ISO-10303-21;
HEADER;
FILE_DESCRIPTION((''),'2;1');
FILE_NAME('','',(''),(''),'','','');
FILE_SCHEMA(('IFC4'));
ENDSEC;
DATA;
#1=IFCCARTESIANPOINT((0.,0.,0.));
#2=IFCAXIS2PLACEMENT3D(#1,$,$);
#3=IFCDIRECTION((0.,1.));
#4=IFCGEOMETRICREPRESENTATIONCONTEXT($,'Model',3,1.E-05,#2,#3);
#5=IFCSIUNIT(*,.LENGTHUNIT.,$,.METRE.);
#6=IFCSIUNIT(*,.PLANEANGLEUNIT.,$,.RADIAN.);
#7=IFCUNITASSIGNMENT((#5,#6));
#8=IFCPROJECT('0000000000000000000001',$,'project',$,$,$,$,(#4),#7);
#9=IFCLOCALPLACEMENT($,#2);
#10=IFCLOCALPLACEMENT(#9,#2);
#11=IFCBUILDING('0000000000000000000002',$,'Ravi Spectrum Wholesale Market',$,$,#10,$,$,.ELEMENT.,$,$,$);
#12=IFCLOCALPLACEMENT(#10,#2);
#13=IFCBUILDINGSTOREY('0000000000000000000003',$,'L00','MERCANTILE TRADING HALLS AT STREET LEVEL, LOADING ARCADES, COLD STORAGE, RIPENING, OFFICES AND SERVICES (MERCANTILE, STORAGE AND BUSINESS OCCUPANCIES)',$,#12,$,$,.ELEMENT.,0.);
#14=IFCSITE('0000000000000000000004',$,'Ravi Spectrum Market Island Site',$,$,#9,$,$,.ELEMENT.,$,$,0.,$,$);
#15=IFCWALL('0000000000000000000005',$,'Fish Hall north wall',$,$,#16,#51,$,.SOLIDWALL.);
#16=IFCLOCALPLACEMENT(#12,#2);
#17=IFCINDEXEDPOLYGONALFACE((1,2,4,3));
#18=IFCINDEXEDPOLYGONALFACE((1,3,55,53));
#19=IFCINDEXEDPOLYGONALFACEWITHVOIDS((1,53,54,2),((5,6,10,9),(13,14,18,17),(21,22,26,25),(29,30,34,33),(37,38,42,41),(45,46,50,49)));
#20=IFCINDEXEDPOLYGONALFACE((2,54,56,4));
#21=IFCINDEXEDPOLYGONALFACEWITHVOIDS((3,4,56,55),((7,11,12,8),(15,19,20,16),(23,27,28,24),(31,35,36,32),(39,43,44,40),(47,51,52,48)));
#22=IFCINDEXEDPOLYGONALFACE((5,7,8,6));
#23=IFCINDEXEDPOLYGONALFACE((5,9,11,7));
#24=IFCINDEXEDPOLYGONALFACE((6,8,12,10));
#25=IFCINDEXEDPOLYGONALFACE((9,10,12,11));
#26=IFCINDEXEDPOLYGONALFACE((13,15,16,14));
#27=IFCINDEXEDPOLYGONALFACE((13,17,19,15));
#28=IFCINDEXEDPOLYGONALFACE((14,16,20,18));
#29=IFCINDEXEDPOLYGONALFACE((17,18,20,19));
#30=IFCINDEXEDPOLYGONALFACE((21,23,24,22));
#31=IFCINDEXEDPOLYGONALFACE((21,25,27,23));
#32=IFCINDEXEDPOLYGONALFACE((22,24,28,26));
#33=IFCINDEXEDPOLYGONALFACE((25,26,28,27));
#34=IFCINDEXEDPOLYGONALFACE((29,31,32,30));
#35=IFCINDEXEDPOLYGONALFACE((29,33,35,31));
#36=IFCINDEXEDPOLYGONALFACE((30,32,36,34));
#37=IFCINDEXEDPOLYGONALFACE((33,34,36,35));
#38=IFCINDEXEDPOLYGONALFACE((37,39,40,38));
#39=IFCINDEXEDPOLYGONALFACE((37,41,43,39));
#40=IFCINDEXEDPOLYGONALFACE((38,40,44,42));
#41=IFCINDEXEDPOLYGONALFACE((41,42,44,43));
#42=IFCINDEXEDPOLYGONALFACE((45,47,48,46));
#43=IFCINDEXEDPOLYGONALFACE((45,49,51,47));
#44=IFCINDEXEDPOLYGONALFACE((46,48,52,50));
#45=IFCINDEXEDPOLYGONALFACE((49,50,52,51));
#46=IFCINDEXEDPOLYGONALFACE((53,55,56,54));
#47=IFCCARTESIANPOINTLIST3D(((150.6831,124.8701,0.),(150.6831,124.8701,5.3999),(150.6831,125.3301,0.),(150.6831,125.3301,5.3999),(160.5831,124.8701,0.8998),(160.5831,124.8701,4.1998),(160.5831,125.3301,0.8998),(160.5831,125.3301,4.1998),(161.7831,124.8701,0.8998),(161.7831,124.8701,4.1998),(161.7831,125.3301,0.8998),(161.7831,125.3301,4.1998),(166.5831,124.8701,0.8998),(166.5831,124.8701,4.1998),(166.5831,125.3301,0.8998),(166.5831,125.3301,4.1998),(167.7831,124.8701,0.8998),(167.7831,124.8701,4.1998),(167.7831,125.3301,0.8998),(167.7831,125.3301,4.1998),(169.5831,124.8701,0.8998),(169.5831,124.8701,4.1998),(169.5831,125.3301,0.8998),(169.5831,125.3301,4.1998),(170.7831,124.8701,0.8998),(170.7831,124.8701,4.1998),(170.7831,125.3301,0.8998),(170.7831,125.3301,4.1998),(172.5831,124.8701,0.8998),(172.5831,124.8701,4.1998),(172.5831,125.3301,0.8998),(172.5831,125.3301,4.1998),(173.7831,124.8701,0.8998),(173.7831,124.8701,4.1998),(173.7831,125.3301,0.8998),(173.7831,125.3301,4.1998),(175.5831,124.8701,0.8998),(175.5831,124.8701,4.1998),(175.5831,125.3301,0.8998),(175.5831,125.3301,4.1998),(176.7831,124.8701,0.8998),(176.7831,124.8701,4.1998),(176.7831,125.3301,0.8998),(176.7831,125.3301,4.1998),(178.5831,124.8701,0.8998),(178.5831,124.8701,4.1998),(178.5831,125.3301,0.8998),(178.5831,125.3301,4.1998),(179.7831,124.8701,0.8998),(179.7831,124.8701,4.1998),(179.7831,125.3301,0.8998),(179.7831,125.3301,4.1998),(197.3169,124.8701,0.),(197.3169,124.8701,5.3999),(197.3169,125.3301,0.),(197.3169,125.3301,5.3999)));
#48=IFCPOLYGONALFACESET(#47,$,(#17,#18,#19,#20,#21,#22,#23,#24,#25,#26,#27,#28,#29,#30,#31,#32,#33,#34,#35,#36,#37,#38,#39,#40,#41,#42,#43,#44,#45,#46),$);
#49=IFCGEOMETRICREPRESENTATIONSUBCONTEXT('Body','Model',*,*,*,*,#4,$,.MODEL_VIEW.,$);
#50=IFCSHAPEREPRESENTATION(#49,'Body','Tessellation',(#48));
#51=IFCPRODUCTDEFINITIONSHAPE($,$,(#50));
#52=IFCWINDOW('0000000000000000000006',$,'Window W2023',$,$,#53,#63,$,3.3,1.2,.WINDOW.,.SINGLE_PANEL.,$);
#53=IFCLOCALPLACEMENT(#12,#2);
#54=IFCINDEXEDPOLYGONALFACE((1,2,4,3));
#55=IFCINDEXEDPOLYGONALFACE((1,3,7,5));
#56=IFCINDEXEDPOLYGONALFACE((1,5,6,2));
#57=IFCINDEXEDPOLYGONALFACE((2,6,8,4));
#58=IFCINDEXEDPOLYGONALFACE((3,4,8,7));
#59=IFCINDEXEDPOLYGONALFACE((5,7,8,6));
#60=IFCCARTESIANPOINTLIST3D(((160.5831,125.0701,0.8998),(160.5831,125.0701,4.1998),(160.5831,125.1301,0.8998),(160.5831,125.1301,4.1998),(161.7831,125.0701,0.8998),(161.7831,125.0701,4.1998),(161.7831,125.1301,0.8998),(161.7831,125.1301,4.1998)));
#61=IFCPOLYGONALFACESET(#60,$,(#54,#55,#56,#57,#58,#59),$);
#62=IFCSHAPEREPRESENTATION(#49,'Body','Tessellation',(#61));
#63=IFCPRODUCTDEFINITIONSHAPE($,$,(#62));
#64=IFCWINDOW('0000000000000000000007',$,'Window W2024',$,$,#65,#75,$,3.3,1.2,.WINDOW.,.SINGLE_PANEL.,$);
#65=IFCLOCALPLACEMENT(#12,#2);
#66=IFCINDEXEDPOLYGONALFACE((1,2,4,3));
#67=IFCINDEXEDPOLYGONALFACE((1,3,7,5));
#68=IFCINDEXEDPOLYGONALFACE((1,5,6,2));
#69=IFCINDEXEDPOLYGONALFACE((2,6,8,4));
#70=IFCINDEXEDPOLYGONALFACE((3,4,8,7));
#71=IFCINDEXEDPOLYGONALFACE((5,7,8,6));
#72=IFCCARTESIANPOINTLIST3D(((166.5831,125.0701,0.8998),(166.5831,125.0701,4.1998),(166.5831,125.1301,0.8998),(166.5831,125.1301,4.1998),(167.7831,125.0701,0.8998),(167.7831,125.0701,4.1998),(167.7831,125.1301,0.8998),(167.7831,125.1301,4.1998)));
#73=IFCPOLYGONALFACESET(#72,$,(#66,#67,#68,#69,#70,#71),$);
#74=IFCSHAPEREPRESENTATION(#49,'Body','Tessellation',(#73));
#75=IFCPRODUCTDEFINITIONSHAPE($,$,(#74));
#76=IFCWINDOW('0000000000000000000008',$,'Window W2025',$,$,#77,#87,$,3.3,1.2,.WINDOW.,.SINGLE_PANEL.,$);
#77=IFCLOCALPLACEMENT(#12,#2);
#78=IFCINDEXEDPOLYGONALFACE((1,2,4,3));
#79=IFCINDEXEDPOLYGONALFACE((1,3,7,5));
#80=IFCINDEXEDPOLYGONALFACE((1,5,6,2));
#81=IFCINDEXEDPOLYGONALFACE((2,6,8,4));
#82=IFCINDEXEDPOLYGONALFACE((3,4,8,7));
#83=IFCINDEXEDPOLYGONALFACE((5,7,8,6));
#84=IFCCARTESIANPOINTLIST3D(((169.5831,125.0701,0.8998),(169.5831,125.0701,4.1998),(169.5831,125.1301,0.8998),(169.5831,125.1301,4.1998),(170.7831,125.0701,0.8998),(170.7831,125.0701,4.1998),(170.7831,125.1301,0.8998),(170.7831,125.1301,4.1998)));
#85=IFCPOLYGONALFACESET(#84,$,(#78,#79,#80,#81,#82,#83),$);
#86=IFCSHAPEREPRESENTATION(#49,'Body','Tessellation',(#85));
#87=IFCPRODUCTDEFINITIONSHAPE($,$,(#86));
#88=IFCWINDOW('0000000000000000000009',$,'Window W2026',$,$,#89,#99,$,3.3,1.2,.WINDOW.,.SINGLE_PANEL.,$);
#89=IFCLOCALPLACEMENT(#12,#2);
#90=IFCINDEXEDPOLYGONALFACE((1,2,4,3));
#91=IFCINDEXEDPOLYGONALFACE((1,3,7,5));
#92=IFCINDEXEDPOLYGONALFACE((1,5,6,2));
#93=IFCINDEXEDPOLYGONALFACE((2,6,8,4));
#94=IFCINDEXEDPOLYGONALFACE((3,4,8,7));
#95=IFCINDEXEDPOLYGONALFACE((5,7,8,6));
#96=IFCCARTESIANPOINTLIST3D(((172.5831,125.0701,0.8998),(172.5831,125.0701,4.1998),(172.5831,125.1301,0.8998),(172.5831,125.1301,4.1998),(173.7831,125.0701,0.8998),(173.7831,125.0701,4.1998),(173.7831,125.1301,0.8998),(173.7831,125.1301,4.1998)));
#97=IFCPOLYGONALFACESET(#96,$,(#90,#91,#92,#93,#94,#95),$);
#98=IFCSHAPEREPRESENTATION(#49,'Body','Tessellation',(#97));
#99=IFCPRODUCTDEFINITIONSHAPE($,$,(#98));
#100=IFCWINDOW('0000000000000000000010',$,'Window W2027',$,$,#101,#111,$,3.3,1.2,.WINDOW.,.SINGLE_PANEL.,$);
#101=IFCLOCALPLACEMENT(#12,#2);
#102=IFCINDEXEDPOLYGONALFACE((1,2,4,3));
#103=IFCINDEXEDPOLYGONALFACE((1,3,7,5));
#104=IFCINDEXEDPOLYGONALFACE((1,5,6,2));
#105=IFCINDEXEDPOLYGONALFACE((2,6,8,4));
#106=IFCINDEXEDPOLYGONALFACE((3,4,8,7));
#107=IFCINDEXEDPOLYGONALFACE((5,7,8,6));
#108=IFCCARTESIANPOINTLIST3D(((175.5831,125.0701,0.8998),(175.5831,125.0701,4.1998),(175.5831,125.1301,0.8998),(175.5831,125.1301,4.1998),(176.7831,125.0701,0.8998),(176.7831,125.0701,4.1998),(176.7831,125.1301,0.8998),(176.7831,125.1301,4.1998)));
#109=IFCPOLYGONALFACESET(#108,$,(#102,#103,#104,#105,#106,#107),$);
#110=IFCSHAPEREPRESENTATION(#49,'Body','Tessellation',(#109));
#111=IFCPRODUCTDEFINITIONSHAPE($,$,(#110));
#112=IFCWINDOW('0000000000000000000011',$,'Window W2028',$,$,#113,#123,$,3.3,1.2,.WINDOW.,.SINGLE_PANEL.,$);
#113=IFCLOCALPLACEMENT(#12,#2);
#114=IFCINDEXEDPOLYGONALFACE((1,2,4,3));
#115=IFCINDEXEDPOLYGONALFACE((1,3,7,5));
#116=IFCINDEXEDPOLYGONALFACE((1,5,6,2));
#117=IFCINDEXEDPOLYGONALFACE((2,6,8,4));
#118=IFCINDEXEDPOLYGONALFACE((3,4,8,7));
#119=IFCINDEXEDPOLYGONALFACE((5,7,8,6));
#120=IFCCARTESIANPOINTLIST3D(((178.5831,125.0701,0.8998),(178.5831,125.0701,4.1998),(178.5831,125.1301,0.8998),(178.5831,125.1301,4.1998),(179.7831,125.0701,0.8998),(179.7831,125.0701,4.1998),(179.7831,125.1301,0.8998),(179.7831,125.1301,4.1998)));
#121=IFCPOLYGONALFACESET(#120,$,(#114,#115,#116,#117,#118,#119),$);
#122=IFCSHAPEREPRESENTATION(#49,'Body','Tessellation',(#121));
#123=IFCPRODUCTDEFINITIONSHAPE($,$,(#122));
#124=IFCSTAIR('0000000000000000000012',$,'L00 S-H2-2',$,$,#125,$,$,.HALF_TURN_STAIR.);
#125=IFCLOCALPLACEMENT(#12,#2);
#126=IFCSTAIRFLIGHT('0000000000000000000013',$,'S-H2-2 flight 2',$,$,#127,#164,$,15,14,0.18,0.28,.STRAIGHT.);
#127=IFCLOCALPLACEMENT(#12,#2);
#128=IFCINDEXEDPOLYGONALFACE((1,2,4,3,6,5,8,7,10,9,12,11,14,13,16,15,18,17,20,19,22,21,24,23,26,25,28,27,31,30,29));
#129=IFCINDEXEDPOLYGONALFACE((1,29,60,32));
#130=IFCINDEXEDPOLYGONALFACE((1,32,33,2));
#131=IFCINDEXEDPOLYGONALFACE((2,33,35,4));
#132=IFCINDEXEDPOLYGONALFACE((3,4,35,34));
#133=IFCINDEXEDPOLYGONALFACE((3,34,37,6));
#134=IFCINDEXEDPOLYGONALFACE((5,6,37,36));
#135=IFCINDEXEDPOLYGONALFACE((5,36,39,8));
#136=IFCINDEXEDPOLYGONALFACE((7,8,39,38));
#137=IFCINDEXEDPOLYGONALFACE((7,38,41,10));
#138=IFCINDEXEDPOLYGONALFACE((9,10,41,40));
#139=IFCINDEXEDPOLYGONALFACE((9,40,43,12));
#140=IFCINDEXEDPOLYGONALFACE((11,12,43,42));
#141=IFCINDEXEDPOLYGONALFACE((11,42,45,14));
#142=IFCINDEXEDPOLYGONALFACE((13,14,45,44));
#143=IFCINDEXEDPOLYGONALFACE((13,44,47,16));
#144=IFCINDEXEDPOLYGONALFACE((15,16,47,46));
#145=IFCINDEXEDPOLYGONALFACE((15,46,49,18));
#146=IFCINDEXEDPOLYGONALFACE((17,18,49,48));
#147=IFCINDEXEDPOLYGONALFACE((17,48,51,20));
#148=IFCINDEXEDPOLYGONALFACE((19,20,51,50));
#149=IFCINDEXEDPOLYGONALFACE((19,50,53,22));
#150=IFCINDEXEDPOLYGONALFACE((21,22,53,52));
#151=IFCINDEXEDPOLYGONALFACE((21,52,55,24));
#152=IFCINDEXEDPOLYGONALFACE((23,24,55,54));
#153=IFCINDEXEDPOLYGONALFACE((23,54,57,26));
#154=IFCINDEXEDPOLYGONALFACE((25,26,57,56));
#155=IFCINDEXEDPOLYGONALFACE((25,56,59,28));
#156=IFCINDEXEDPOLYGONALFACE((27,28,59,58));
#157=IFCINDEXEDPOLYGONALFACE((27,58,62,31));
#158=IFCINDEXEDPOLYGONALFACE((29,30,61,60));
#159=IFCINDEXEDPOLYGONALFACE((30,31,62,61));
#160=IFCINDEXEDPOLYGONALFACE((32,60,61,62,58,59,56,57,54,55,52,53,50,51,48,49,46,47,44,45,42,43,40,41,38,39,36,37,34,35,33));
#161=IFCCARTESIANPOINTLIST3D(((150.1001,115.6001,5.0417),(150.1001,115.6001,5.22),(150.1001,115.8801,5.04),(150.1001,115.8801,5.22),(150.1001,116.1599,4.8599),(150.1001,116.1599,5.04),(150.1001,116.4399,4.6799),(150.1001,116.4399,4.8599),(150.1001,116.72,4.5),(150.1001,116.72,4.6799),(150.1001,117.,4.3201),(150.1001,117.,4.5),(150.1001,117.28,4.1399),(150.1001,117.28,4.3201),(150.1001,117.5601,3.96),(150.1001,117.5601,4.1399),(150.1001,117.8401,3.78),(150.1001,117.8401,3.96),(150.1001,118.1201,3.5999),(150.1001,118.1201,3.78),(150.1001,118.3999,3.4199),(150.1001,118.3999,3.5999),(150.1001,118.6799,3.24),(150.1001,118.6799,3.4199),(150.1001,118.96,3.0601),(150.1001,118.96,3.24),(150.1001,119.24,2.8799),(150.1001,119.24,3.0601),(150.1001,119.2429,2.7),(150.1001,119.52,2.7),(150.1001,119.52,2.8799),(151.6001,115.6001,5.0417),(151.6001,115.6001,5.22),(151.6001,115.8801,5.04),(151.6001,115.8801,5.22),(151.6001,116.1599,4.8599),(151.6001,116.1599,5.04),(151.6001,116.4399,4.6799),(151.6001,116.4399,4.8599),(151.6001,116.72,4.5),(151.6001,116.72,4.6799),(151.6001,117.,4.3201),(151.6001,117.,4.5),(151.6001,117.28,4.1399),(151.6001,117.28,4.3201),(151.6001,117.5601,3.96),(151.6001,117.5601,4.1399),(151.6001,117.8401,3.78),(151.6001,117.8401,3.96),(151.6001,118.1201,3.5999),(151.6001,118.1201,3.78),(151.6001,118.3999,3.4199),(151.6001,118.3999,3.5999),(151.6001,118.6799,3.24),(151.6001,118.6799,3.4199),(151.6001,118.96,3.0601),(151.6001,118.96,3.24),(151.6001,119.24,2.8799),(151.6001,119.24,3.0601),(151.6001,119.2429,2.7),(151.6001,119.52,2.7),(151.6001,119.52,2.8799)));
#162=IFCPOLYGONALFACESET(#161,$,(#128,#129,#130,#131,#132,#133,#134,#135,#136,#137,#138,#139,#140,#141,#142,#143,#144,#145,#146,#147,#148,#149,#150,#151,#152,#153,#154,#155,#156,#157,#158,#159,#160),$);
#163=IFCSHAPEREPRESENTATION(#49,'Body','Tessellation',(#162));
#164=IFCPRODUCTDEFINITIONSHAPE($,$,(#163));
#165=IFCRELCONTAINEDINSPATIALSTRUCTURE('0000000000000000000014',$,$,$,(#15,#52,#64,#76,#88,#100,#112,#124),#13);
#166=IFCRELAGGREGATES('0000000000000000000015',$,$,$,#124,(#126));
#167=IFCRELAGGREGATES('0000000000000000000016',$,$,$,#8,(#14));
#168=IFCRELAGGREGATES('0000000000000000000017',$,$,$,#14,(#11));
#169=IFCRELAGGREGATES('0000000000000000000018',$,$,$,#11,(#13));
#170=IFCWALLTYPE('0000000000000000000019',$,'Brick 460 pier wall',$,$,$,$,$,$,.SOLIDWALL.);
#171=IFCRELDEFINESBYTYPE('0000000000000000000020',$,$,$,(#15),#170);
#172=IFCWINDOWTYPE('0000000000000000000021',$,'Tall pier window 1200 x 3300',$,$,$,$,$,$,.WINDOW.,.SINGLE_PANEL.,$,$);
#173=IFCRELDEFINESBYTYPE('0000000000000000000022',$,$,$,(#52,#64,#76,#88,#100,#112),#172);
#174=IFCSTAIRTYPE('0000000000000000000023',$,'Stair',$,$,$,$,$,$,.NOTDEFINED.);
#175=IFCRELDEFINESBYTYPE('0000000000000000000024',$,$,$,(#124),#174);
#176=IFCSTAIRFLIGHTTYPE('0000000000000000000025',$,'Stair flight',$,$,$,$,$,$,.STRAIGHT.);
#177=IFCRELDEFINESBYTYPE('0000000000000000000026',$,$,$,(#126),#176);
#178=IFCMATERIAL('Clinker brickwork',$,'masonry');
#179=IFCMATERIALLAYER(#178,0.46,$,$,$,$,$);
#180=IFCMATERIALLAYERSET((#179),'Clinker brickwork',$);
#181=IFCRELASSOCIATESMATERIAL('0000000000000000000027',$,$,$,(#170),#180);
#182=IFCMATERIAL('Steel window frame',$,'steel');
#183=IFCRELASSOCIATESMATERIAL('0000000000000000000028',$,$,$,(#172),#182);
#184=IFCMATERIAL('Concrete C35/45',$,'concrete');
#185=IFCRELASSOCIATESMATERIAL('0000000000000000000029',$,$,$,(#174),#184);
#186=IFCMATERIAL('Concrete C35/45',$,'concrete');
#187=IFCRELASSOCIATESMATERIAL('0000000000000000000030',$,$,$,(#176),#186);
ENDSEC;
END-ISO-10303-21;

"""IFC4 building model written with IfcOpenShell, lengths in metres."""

from ifc_helpers import new_model, si_unit, direction, frame, frame_2d, origin, place, context, subcontext, project, spatial, polyline, rectangle, outline, extrude, material, layer, layer_set, type_object, element, fill, aggregate, save


model = new_model("IFC4")

# Units and contexts
model_context = context("Model", 3, precision=1e-05, world=origin(), true_north=direction((0.0, 1.0)))
body_context = subcontext(model_context, "Body", "Model", "MODEL_VIEW")
ifc_project = project(units=[si_unit("LENGTHUNIT", "METRE"), si_unit("PLANEANGLEUNIT", "RADIAN")], contexts=[model_context])

# Site, building, storey
site_placement = place(None, origin())
site = spatial("IfcSite", under=ifc_project, at=site_placement, Name="Ravi Spectrum Market Island Site", CompositionType="ELEMENT", RefElevation=0.0)
building_placement = place(site_placement, origin())
building = spatial("IfcBuilding", under=site, at=building_placement, Name="Ravi Spectrum Wholesale Market", CompositionType="ELEMENT")
storey_placement = place(building_placement, origin())
storey = spatial("IfcBuildingStorey", under=building, at=storey_placement, Name="L00", Description="MERCANTILE TRADING HALLS AT STREET LEVEL, LOADING ARCADES, COLD STORAGE, RIPENING, OFFICES AND SERVICES (MERCANTILE, STORAGE AND BUSINESS OCCUPANCIES)", CompositionType="ELEMENT", Elevation=0.0)

# Wall, openings, windows
ifc_material_1 = material(Name="Clinker brickwork", Category="masonry")
ifc_layer = layer(ifc_material_1, 0.46)
ifc_layer_set = layer_set([ifc_layer], Name="Clinker brickwork")
wall_type = type_object("IfcWallType", Name="Brick 460 pier wall", PredefinedType="SOLIDWALL", material=ifc_layer_set)
wall_placement = place(storey_placement, frame((150.6831, 125.1001, 0.0), z_axis=(0.0, 0.0, 1.0), x_axis=(1.0, 0.0, 0.0)))
wall = element("IfcWall", 1, at=wall_placement, inside=storey, type_object=wall_type, Name="Fish Hall north wall", PredefinedType="SOLIDWALL", context=body_context, shape_type="SweptSolid", body=[
    extrude(rectangle(XDim=46.6338, YDim=0.46, at=frame_2d((23.3169, 0.0))), origin(), (0.0, 0.0, 1.0), 5.3999),
])
opening_1_placement = place(wall_placement, frame((9.8999, 0.0, 0.8999)))
opening_1 = element("IfcOpeningElement", 2, at=opening_1_placement, cuts=wall, PredefinedType="OPENING", context=body_context, shape_type="SweptSolid", body=[
    extrude(rectangle(XDim=1.2, YDim=3.3, at=frame_2d((0.6001, 1.6499))), frame((0.0, 0.24, 0.0), z_axis=(0.0, -1.0, 0.0), x_axis=(1.0, 0.0, 0.0)), (0.0, 0.0, 1.0), 0.48),
])
opening_2_placement = place(wall_placement, frame((15.8999, 0.0, 0.8999)))
opening_2 = element("IfcOpeningElement", 3, at=opening_2_placement, cuts=wall, PredefinedType="OPENING", context=body_context, shape_type="SweptSolid", body=[
    extrude(rectangle(XDim=1.2, YDim=3.3, at=frame_2d((0.6001, 1.6499))), frame((0.0, 0.24, 0.0), z_axis=(0.0, -1.0, 0.0), x_axis=(1.0, 0.0, 0.0)), (0.0, 0.0, 1.0), 0.48),
])
opening_3_placement = place(wall_placement, frame((18.8999, 0.0, 0.8999)))
opening_3 = element("IfcOpeningElement", 4, at=opening_3_placement, cuts=wall, PredefinedType="OPENING", context=body_context, shape_type="SweptSolid", body=[
    extrude(rectangle(XDim=1.2, YDim=3.3, at=frame_2d((0.6001, 1.6499))), frame((0.0, 0.24, 0.0), z_axis=(0.0, -1.0, 0.0), x_axis=(1.0, 0.0, 0.0)), (0.0, 0.0, 1.0), 0.48),
])
opening_4_placement = place(wall_placement, frame((21.8999, 0.0, 0.8999)))
opening_4 = element("IfcOpeningElement", 5, at=opening_4_placement, cuts=wall, PredefinedType="OPENING", context=body_context, shape_type="SweptSolid", body=[
    extrude(rectangle(XDim=1.2, YDim=3.3, at=frame_2d((0.6001, 1.6499))), frame((0.0, 0.24, 0.0), z_axis=(0.0, -1.0, 0.0), x_axis=(1.0, 0.0, 0.0)), (0.0, 0.0, 1.0), 0.48),
])
opening_5_placement = place(wall_placement, frame((24.8999, 0.0, 0.8999)))
opening_5 = element("IfcOpeningElement", 6, at=opening_5_placement, cuts=wall, PredefinedType="OPENING", context=body_context, shape_type="SweptSolid", body=[
    extrude(rectangle(XDim=1.2, YDim=3.3, at=frame_2d((0.6001, 1.6499))), frame((0.0, 0.24, 0.0), z_axis=(0.0, -1.0, 0.0), x_axis=(1.0, 0.0, 0.0)), (0.0, 0.0, 1.0), 0.48),
])
opening_6_placement = place(wall_placement, frame((27.8999, 0.0, 0.8999)))
opening_6 = element("IfcOpeningElement", 7, at=opening_6_placement, cuts=wall, PredefinedType="OPENING", context=body_context, shape_type="SweptSolid", body=[
    extrude(rectangle(XDim=1.2, YDim=3.3, at=frame_2d((0.6001, 1.6499))), frame((0.0, 0.24, 0.0), z_axis=(0.0, -1.0, 0.0), x_axis=(1.0, 0.0, 0.0)), (0.0, 0.0, 1.0), 0.48),
])
ifc_material_2 = material(Name="Steel window frame", Category="steel")
window_type = type_object("IfcWindowType", Name="Tall pier window 1200 x 3300", PartitioningType="SINGLE_PANEL", PredefinedType="WINDOW", material=ifc_material_2)
window_1_placement = place(opening_1_placement, origin())
window_1 = element("IfcWindow", 8, at=window_1_placement, inside=storey, type_object=window_type, Name="Window W2023", OverallHeight=3.3, OverallWidth=1.2, PartitioningType="SINGLE_PANEL", PredefinedType="WINDOW", context=body_context, shape_type="SweptSolid", body=[
    extrude(rectangle(XDim=1.2, YDim=3.3, at=frame_2d((0.6001, 1.6499))), frame((0.0, 0.03, 0.0), z_axis=(0.0, -1.0, 0.0), x_axis=(1.0, 0.0, 0.0)), (0.0, 0.0, 1.0), 0.0601),
])
fill(opening_1, window_1)
window_2_placement = place(opening_2_placement, origin())
window_2 = element("IfcWindow", 9, at=window_2_placement, inside=storey, type_object=window_type, Name="Window W2024", OverallHeight=3.3, OverallWidth=1.2, PartitioningType="SINGLE_PANEL", PredefinedType="WINDOW", context=body_context, shape_type="SweptSolid", body=[
    extrude(rectangle(XDim=1.2, YDim=3.3, at=frame_2d((0.6001, 1.6499))), frame((0.0, 0.03, 0.0), z_axis=(0.0, -1.0, 0.0), x_axis=(1.0, 0.0, 0.0)), (0.0, 0.0, 1.0), 0.0601),
])
fill(opening_2, window_2)
window_3_placement = place(opening_3_placement, origin())
window_3 = element("IfcWindow", 10, at=window_3_placement, inside=storey, type_object=window_type, Name="Window W2025", OverallHeight=3.3, OverallWidth=1.2, PartitioningType="SINGLE_PANEL", PredefinedType="WINDOW", context=body_context, shape_type="SweptSolid", body=[
    extrude(rectangle(XDim=1.2, YDim=3.3, at=frame_2d((0.6001, 1.6499))), frame((0.0, 0.03, 0.0), z_axis=(0.0, -1.0, 0.0), x_axis=(1.0, 0.0, 0.0)), (0.0, 0.0, 1.0), 0.0601),
])
fill(opening_3, window_3)
window_4_placement = place(opening_4_placement, origin())
window_4 = element("IfcWindow", 11, at=window_4_placement, inside=storey, type_object=window_type, Name="Window W2026", OverallHeight=3.3, OverallWidth=1.2, PartitioningType="SINGLE_PANEL", PredefinedType="WINDOW", context=body_context, shape_type="SweptSolid", body=[
    extrude(rectangle(XDim=1.2, YDim=3.3, at=frame_2d((0.6001, 1.6499))), frame((0.0, 0.03, 0.0), z_axis=(0.0, -1.0, 0.0), x_axis=(1.0, 0.0, 0.0)), (0.0, 0.0, 1.0), 0.0601),
])
fill(opening_4, window_4)
window_5_placement = place(opening_5_placement, origin())
window_5 = element("IfcWindow", 12, at=window_5_placement, inside=storey, type_object=window_type, Name="Window W2027", OverallHeight=3.3, OverallWidth=1.2, PartitioningType="SINGLE_PANEL", PredefinedType="WINDOW", context=body_context, shape_type="SweptSolid", body=[
    extrude(rectangle(XDim=1.2, YDim=3.3, at=frame_2d((0.6001, 1.6499))), frame((0.0, 0.03, 0.0), z_axis=(0.0, -1.0, 0.0), x_axis=(1.0, 0.0, 0.0)), (0.0, 0.0, 1.0), 0.0601),
])
fill(opening_5, window_5)
window_6_placement = place(opening_6_placement, origin())
window_6 = element("IfcWindow", 13, at=window_6_placement, inside=storey, type_object=window_type, Name="Window W2028", OverallHeight=3.3, OverallWidth=1.2, PartitioningType="SINGLE_PANEL", PredefinedType="WINDOW", context=body_context, shape_type="SweptSolid", body=[
    extrude(rectangle(XDim=1.2, YDim=3.3, at=frame_2d((0.6001, 1.6499))), frame((0.0, 0.03, 0.0), z_axis=(0.0, -1.0, 0.0), x_axis=(1.0, 0.0, 0.0)), (0.0, 0.0, 1.0), 0.0601),
])
fill(opening_6, window_6)

# Stair, stair flight
ifc_material_3 = material(Name="Concrete C35/45", Category="concrete")
stair_type = type_object("IfcStairType", Name="Stair", PredefinedType="NOTDEFINED", material=ifc_material_3)
stair_placement = place(storey_placement, origin())
stair = element("IfcStair", 14, at=stair_placement, inside=storey, type_object=stair_type, Name="L00 S-H2-2", PredefinedType="HALF_TURN_STAIR")
ifc_material_4 = material(Name="Concrete C35/45", Category="concrete")
stair_flight_type = type_object("IfcStairFlightType", Name="Stair flight", PredefinedType="STRAIGHT", material=ifc_material_4)
stair_flight_placement = place(storey_placement, frame((150.8501, 119.52, 2.7), z_axis=(0.0, 0.0, 1.0), x_axis=(0.0, -1.0, 0.0)))
stair_flight = element("IfcStairFlight", 15, at=stair_flight_placement, type_object=stair_flight_type, Name="S-H2-2 flight 2", NumberOfRisers=15, NumberOfTreads=14, PredefinedType="STRAIGHT", RiserHeight=0.18, TreadLength=0.28, context=body_context, shape_type="SweptSolid", body=[
    extrude(outline(polyline([(0.0, 0.0), (0.0, 0.1799), (0.28, 0.1799), (0.28, 0.3601), (0.5601, 0.3601), (0.5601, 0.54), (0.8401, 0.54), (0.8401, 0.72), (1.1201, 0.72), (1.1201, 0.8999), (1.3999, 0.8999), (1.3999, 1.0801), (1.6799, 1.0801), (1.6799, 1.26), (1.96, 1.26), (1.96, 1.4399), (2.24, 1.4399), (2.24, 1.6201), (2.52, 1.6201), (2.52, 1.8), (2.8, 1.8), (2.8, 1.98), (3.0801, 1.98), (3.0801, 2.1599), (3.3601, 2.1599), (3.3601, 2.3401), (3.6399, 2.3401), (3.6399, 2.52), (3.9199, 2.52), (3.9199, 2.7), (3.9199, 2.3418), (0.2771, 0.0), (0.0, 0.0)])), frame((0.0, 0.75, 0.0), z_axis=(0.0, -1.0, 0.0), x_axis=(1.0, 0.0, 0.0)), (0.0, 0.0, 1.0), 1.5),
])
aggregate(stair, [stair_flight])

save(model, "model.ifc")
